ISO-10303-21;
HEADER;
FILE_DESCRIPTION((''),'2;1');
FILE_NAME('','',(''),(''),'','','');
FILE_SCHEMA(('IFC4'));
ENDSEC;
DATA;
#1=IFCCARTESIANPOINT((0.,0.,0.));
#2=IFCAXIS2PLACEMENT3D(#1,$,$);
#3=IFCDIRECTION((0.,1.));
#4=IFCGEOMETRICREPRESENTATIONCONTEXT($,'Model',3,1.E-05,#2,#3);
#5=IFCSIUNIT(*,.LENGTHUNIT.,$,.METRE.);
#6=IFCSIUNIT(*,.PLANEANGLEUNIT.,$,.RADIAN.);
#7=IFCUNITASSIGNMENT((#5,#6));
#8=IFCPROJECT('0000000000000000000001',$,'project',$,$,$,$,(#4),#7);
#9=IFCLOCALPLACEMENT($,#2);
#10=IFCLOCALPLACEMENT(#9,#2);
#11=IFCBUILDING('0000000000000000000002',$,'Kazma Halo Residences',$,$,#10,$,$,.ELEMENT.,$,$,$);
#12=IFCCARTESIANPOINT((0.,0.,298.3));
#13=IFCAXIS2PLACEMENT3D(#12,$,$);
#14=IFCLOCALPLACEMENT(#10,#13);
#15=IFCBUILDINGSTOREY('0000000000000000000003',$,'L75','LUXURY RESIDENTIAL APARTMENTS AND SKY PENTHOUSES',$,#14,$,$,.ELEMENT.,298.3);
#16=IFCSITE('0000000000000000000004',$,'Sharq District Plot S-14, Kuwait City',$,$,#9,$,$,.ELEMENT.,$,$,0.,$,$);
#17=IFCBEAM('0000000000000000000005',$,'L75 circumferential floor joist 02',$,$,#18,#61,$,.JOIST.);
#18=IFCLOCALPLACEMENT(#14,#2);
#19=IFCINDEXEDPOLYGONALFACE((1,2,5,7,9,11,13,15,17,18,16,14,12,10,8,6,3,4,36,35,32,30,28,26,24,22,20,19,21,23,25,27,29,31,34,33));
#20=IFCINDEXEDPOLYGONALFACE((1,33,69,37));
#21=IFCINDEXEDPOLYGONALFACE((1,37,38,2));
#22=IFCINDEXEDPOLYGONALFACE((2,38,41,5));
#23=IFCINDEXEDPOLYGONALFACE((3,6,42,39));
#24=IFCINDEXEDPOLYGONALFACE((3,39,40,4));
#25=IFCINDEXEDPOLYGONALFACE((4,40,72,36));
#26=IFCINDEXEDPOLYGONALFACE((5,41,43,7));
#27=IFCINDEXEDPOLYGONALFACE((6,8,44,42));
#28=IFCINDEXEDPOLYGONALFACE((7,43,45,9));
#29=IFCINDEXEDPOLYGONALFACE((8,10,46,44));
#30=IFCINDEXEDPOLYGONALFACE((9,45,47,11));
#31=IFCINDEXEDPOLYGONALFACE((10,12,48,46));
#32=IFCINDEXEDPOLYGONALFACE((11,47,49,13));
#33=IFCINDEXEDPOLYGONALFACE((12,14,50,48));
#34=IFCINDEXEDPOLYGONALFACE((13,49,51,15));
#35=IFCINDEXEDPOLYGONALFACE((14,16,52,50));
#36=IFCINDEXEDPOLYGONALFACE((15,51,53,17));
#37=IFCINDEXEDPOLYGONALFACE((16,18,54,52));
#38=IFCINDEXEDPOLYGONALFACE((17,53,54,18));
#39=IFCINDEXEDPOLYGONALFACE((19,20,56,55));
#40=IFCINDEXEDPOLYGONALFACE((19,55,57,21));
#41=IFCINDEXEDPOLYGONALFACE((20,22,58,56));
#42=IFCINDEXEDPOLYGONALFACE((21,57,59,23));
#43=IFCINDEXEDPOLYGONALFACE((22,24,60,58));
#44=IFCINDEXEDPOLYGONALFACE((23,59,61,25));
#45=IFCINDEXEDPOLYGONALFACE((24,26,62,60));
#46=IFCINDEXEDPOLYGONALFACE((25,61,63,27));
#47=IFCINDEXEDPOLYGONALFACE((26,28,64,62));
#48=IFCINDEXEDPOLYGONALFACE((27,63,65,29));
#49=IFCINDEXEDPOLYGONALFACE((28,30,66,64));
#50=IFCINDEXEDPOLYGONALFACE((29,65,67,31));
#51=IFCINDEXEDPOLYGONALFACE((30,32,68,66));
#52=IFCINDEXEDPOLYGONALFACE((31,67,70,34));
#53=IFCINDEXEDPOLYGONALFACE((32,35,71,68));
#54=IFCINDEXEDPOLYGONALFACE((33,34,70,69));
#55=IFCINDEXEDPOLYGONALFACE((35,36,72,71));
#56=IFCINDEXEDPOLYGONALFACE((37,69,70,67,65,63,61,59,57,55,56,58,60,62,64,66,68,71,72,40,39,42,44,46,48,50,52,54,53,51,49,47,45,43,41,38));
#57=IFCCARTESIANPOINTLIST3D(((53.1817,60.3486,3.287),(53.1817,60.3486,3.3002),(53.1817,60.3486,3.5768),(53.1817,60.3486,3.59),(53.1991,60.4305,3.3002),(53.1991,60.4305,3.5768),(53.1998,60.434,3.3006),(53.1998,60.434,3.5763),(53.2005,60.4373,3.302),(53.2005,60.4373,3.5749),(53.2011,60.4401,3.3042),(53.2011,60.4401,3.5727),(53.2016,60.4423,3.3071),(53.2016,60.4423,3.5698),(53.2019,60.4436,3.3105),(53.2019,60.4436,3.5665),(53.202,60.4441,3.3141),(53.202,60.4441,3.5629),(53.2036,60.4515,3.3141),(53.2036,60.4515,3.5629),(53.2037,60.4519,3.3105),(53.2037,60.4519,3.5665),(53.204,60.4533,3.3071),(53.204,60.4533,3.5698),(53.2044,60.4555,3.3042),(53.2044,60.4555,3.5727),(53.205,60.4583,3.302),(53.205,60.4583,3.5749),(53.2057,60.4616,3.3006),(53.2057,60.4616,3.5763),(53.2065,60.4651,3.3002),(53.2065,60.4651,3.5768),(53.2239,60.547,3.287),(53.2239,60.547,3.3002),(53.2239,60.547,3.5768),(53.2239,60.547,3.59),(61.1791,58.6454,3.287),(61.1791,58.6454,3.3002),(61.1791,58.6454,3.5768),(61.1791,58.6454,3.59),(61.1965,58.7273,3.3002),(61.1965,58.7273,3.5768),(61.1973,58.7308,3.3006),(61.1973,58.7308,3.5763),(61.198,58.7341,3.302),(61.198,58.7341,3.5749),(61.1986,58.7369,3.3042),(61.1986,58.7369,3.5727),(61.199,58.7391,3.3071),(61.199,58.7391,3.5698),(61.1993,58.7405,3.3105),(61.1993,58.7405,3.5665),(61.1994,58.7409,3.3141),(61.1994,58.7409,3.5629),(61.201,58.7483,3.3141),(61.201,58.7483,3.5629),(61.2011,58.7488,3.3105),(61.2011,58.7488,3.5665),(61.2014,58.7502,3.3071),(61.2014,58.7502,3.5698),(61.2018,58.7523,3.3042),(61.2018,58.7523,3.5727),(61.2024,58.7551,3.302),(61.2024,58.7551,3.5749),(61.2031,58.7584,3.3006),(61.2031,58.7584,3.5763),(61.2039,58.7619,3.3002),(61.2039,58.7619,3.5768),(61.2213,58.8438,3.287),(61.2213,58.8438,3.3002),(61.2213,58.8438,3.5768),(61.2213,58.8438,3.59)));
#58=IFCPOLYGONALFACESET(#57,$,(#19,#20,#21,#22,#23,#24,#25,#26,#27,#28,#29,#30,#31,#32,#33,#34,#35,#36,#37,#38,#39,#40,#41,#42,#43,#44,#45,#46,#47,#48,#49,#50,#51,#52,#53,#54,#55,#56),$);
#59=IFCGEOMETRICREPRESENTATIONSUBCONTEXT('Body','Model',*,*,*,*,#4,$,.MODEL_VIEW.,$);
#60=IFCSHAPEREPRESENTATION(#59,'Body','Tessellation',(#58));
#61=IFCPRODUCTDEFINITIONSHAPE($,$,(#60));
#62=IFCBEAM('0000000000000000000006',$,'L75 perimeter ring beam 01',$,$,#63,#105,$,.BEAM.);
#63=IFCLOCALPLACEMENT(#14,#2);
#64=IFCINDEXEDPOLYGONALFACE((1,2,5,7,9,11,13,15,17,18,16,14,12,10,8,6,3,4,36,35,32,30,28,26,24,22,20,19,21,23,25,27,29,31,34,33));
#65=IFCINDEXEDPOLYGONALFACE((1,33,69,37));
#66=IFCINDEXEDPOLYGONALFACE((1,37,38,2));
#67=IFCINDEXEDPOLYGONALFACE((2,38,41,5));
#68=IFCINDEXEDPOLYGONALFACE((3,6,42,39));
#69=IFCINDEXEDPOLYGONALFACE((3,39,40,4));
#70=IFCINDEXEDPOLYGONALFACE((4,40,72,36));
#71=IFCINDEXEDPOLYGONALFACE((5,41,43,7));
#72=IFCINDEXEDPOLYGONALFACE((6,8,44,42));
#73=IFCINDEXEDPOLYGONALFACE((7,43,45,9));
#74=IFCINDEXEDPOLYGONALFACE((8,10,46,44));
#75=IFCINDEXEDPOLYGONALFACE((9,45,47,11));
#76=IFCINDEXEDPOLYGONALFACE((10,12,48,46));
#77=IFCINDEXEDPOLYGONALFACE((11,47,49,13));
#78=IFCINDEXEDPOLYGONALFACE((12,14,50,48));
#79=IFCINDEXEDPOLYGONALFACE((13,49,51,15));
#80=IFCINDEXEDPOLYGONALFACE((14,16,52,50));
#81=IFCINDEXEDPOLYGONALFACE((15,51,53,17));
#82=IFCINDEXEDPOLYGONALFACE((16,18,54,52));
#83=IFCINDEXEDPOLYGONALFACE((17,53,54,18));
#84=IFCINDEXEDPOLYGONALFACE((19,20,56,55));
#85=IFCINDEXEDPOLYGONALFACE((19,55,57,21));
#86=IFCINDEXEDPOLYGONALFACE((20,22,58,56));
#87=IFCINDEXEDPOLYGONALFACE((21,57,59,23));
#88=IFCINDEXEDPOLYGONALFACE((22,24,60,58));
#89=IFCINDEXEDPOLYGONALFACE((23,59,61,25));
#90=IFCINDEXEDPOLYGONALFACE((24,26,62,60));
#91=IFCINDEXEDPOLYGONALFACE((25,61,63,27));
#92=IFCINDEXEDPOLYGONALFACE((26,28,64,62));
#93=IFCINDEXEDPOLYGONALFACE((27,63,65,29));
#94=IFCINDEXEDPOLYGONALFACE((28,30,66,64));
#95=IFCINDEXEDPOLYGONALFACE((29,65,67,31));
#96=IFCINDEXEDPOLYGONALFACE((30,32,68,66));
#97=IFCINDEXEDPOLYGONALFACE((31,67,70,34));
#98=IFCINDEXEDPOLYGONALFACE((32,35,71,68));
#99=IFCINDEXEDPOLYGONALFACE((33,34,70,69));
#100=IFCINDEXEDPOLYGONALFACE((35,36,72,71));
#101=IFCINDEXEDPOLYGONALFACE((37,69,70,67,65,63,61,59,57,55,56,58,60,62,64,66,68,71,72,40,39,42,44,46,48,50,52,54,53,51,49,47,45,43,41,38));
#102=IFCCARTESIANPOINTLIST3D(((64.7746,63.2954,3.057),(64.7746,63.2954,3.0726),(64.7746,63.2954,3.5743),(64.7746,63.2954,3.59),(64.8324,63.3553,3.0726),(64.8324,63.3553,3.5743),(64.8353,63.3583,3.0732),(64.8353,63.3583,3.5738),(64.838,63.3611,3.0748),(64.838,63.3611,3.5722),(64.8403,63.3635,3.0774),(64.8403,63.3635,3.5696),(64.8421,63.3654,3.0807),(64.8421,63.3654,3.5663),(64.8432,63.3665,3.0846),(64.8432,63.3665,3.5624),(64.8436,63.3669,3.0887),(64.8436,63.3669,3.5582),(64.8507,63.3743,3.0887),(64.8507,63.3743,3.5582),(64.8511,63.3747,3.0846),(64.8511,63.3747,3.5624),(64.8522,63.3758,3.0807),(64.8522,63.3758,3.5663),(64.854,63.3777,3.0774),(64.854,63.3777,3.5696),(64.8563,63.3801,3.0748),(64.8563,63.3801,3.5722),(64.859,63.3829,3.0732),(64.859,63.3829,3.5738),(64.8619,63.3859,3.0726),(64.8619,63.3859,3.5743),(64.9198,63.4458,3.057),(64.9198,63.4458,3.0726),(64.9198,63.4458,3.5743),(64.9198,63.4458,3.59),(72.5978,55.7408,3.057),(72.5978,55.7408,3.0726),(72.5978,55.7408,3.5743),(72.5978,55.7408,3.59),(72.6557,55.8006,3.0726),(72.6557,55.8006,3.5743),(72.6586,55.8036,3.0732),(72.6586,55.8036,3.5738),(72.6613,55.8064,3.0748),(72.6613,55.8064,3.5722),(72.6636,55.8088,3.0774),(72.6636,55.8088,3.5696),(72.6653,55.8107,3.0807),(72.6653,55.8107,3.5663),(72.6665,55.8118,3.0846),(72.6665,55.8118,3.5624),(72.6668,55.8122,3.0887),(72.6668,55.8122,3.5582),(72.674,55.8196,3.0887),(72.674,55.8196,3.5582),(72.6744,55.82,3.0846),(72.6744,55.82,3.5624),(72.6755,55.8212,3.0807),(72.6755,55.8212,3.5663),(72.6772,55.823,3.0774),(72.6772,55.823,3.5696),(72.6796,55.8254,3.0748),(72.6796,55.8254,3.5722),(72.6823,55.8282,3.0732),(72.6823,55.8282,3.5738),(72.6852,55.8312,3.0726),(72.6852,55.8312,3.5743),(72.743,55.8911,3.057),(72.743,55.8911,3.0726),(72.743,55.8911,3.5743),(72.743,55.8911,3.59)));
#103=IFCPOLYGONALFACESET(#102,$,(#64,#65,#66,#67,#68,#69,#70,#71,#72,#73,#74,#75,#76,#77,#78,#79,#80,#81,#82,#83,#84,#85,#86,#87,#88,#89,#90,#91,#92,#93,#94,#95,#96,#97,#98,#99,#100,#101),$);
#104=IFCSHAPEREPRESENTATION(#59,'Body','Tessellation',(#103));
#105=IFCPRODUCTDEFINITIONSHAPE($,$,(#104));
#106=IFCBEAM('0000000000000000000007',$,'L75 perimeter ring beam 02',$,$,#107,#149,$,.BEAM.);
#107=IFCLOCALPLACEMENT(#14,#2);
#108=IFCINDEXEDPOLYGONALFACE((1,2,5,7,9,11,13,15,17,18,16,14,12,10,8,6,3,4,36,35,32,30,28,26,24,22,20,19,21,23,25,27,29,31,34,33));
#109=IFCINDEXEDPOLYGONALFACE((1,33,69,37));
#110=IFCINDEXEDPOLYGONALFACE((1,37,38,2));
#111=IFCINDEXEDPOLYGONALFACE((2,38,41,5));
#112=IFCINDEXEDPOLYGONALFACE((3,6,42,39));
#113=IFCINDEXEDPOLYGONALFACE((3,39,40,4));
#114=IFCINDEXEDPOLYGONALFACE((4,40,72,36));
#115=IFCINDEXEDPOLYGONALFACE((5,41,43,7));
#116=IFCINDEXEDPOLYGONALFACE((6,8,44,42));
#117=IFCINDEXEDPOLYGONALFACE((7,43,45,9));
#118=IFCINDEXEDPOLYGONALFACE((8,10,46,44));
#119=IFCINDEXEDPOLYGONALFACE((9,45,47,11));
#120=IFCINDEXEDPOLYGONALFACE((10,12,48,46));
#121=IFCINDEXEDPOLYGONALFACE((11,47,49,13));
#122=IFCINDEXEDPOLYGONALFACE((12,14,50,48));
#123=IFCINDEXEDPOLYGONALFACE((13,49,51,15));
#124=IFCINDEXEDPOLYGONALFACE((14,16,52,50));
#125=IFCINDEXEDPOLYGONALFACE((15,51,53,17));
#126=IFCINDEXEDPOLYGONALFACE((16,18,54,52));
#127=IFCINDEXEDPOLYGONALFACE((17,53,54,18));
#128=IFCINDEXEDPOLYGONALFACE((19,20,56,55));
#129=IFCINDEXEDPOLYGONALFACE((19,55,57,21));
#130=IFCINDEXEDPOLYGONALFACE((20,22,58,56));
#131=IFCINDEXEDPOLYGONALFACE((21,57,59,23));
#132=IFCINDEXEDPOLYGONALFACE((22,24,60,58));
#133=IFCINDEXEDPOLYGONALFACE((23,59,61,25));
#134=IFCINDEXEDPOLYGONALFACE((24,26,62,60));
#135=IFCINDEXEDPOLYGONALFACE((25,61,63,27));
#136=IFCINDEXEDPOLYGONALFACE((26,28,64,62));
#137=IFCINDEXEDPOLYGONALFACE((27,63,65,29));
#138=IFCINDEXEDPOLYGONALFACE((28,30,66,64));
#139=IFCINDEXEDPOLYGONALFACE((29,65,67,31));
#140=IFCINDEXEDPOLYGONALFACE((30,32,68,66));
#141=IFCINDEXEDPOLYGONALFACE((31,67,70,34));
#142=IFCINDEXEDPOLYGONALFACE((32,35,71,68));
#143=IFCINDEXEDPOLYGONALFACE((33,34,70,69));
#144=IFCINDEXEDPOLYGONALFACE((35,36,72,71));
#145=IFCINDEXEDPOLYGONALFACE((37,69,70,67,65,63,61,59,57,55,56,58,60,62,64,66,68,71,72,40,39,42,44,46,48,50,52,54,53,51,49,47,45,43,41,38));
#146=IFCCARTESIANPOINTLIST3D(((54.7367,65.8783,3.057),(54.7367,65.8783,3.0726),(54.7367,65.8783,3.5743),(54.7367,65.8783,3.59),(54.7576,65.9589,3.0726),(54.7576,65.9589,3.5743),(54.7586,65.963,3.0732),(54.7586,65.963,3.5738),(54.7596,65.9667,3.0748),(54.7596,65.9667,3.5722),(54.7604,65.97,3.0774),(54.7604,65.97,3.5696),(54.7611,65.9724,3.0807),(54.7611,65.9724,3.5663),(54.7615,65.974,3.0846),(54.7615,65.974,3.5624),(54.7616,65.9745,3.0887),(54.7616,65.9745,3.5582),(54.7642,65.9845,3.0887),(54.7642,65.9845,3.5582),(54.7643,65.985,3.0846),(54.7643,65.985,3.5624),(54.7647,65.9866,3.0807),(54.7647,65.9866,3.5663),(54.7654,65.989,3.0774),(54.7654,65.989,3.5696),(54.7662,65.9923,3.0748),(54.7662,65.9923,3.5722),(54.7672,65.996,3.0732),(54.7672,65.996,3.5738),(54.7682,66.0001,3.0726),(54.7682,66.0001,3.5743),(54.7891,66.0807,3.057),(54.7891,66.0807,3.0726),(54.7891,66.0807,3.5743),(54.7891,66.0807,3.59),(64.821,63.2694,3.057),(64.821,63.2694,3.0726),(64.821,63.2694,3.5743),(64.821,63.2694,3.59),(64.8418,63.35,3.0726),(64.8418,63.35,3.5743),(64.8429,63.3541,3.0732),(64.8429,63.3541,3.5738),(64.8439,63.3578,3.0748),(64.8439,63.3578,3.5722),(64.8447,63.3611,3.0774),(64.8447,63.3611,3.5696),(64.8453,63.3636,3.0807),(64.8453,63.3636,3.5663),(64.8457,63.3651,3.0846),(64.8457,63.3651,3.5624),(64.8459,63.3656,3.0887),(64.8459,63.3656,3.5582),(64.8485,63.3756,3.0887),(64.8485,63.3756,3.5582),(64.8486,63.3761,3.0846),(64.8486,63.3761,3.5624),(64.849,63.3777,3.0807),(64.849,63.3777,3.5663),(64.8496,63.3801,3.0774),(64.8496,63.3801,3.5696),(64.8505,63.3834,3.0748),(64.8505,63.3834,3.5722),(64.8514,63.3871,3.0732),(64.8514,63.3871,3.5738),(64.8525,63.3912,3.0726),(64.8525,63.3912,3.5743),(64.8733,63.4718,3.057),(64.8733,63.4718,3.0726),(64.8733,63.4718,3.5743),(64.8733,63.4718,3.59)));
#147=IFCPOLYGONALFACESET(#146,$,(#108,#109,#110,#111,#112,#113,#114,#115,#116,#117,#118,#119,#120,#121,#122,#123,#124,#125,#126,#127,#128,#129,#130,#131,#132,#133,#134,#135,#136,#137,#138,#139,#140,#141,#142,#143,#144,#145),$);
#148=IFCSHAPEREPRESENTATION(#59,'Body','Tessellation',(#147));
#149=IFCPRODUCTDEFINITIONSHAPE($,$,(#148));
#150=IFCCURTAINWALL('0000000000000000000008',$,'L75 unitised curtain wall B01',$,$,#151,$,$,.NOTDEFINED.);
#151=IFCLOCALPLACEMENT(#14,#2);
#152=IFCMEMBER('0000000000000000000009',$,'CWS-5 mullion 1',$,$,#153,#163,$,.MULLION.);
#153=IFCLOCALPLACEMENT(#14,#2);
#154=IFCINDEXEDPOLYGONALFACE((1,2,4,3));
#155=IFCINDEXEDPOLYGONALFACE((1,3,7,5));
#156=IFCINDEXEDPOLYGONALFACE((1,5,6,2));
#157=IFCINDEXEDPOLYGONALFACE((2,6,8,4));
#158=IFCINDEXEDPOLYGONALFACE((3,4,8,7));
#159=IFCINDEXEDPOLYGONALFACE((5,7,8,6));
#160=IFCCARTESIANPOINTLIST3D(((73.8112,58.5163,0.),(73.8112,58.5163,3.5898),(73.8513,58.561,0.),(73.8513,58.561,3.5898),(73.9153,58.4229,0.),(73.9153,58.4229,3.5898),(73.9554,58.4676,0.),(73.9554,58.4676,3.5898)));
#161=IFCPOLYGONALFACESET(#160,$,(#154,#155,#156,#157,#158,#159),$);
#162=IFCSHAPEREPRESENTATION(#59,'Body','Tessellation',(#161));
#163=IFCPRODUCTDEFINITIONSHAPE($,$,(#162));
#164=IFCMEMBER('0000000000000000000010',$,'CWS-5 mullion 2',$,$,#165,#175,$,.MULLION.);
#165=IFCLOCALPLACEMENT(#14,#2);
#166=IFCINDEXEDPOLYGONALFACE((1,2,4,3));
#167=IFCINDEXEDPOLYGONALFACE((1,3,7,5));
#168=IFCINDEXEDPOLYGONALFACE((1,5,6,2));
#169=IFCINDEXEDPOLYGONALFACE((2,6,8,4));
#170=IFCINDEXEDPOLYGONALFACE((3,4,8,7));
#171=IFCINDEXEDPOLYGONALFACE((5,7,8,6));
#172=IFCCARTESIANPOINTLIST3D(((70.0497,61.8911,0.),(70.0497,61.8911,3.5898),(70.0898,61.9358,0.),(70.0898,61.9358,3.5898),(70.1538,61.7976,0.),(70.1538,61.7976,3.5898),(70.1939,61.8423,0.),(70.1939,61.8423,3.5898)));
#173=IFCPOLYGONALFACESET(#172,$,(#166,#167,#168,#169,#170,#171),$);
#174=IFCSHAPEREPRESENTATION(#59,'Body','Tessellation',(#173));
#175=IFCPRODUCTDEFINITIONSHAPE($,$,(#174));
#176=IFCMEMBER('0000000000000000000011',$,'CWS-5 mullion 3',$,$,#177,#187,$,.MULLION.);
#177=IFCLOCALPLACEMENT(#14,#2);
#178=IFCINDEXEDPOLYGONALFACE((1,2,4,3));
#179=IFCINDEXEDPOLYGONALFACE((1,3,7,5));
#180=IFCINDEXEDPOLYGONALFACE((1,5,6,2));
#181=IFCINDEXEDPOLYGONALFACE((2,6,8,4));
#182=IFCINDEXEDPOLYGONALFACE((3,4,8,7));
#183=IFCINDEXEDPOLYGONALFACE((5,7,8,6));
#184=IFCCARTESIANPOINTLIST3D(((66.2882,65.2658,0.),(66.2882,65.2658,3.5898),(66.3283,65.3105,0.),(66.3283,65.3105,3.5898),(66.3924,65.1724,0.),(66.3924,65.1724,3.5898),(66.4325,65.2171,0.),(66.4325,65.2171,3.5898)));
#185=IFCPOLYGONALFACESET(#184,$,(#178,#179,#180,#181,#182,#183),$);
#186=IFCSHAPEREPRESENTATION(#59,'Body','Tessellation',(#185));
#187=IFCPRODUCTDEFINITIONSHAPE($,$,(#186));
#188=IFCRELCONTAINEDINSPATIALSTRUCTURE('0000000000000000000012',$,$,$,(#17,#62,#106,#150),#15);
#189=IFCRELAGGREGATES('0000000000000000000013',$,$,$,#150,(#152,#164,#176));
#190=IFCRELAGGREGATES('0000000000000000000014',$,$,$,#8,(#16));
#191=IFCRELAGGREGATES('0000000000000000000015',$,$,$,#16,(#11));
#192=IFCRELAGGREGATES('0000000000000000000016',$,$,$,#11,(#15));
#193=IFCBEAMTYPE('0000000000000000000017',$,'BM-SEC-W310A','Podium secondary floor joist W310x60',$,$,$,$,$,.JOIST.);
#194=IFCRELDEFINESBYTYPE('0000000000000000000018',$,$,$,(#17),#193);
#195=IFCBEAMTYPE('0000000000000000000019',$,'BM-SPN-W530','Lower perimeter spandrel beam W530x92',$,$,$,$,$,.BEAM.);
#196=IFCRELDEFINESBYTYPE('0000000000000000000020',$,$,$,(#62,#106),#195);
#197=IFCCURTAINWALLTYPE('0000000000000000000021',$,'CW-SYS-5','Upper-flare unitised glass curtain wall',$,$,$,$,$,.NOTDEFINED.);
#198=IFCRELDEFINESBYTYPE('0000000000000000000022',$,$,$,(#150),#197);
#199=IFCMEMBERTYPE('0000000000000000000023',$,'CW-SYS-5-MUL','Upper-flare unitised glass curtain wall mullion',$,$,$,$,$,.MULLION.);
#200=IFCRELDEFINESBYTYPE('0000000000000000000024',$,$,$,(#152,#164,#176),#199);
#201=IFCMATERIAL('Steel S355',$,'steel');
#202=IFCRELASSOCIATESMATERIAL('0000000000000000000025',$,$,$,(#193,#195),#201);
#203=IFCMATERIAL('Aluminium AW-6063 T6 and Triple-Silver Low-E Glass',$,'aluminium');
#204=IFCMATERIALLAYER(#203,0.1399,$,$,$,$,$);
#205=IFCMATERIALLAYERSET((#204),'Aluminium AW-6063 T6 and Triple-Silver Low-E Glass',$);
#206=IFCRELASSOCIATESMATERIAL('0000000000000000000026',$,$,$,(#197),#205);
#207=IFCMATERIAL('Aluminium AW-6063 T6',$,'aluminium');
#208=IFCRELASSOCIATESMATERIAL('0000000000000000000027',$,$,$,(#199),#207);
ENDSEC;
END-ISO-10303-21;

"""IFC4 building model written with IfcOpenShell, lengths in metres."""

from ifc_helpers import new_model, si_unit, direction, frame, origin, origin_2d, place, context, subcontext, project, spatial, rectangle, i_section, extrude, material, layer, layer_set, material_profile, profile_set, type_object, element, aggregate, save


model = new_model("IFC4")

# Units and contexts
model_context = context("Model", 3, precision=1e-05, world=origin(), true_north=direction((0.0, 1.0)))
body_context = subcontext(model_context, "Body", "Model", "MODEL_VIEW")
ifc_project = project(units=[si_unit("LENGTHUNIT", "METRE"), si_unit("PLANEANGLEUNIT", "RADIAN")], contexts=[model_context])

# Site, building, storey
site_placement = place(None, origin())
site = spatial("IfcSite", under=ifc_project, at=site_placement, Name="Sharq District Plot S-14, Kuwait City", CompositionType="ELEMENT", RefElevation=0.0)
building_placement = place(site_placement, origin())
building = spatial("IfcBuilding", under=site, at=building_placement, Name="Kazma Halo Residences", CompositionType="ELEMENT")
storey_placement = place(building_placement, frame((0.0, 0.0, 298.3)))
storey = spatial("IfcBuildingStorey", under=building, at=storey_placement, Name="L75", Description="LUXURY RESIDENTIAL APARTMENTS AND SKY PENTHOUSES", CompositionType="ELEMENT", Elevation=298.3)

# Beams
ifc_material_1 = material(Name="Steel S355", Category="steel")
ifc_material_profile_1 = material_profile(ifc_material_1, i_section(OverallWidth=0.2029, OverallDepth=0.303, WebThickness=0.0076, FlangeThickness=0.0132, FilletRadius=0.0139, at=origin_2d()), Name="W310x60")
ifc_profile_set_1 = profile_set([ifc_material_profile_1], Name="Steel S355")
beam_type_1 = type_object("IfcBeamType", Name="BM-SEC-W310A", Description="Podium secondary floor joist W310x60", PredefinedType="JOIST", material=ifc_profile_set_1)
beam_1_placement = place(storey_placement, frame((61.2002, 58.7446, 3.4385), z_axis=(-0.978067, 0.208291, 0.0), x_axis=(-0.208291, -0.978067, 0.0)))
element("IfcBeam", 1, at=beam_1_placement, inside=storey, type_object=beam_type_1, Name="L75 circumferential floor joist 02", PredefinedType="JOIST", context=body_context, shape_type="SweptSolid", body=[
    extrude(i_section(OverallWidth=0.2029, OverallDepth=0.303, WebThickness=0.0076, FlangeThickness=0.0132, FilletRadius=0.0139, at=origin_2d()), origin(), (0.0, 0.0, 1.0), 8.1768),
])
ifc_material_profile_2 = material_profile(ifc_material_1, i_section(OverallWidth=0.209, OverallDepth=0.533, WebThickness=0.0103, FlangeThickness=0.0156, FilletRadius=0.0161, at=origin_2d()), Name="W530x92")
ifc_profile_set_2 = profile_set([ifc_material_profile_2], Name="Steel S355")
beam_type_2 = type_object("IfcBeamType", Name="BM-SPN-W530", Description="Lower perimeter spandrel beam W530x92", PredefinedType="BEAM", material=ifc_profile_set_2)
beam_2_placement = place(storey_placement, frame((72.6704, 55.8159, 3.3235), z_axis=(-0.719346, 0.694652, 0.0), x_axis=(-0.694652, -0.719346, 0.0)))
element("IfcBeam", 2, at=beam_2_placement, inside=storey, type_object=beam_type_2, Name="L75 perimeter ring beam 01", PredefinedType="BEAM", context=body_context, shape_type="SweptSolid", body=[
    extrude(i_section(OverallWidth=0.209, OverallDepth=0.533, WebThickness=0.0103, FlangeThickness=0.0156, FilletRadius=0.0161, at=origin_2d()), origin(), (0.0, 0.0, 1.0), 10.8755),
])
beam_3_placement = place(storey_placement, frame((64.8472, 63.3706, 3.3235), z_axis=(-0.968126, 0.250464, 0.0), x_axis=(-0.250464, -0.968126, 0.0)))
element("IfcBeam", 3, at=beam_3_placement, inside=storey, type_object=beam_type_2, Name="L75 perimeter ring beam 02", PredefinedType="BEAM", context=body_context, shape_type="SweptSolid", body=[
    extrude(i_section(OverallWidth=0.209, OverallDepth=0.533, WebThickness=0.0103, FlangeThickness=0.0156, FilletRadius=0.0161, at=origin_2d()), origin(), (0.0, 0.0, 1.0), 10.4163),
])

# Curtain wall, members
ifc_material_2 = material(Name="Aluminium AW-6063 T6 and Triple-Silver Low-E Glass", Category="aluminium")
ifc_layer_1 = layer(ifc_material_2, 0.1399)
ifc_layer_set_1 = layer_set([ifc_layer_1], Name="Aluminium AW-6063 T6 and Triple-Silver Low-E Glass")
curtain_wall_type = type_object("IfcCurtainWallType", Name="CW-SYS-5", Description="Upper-flare unitised glass curtain wall", PredefinedType="NOTDEFINED", material=ifc_layer_set_1)
curtain_wall_1_placement = place(storey_placement, origin())
curtain_wall_1 = element("IfcCurtainWall", 4, at=curtain_wall_1_placement, inside=storey, type_object=curtain_wall_type, Name="L75 unitised curtain wall B01", PredefinedType="NOTDEFINED")
ifc_material_3 = material(Name="Aluminium AW-6063 T6", Category="aluminium")
ifc_material_profile_3 = material_profile(ifc_material_3, rectangle(XDim=0.0601, YDim=0.1399, at=origin_2d()), Name="CWM-60x140")
ifc_profile_set_3 = profile_set([ifc_material_profile_3], Name="Aluminium AW-6063 T6")
member_type_1 = type_object("IfcMemberType", Name="CW-SYS-5-MUL", Description="Upper-flare unitised glass curtain wall mullion", PredefinedType="MULLION", material=ifc_profile_set_3)
member_1_placement = place(storey_placement, frame((73.8833, 58.4919, 0.0), z_axis=(0.0, 0.0, 1.0), x_axis=(-0.667805, -0.744336, 0.0)))
member_1 = element("IfcMember", 5, at=member_1_placement, type_object=member_type_1, Name="CWS-5 mullion 1", PredefinedType="MULLION", context=body_context, shape_type="SweptSolid", body=[
    extrude(rectangle(XDim=0.0601, YDim=0.1399, at=origin_2d()), origin(), (0.0, 0.0, 1.0), 3.5898),
])
member_2_placement = place(storey_placement, frame((70.1218, 61.8667, 0.0), z_axis=(0.0, 0.0, 1.0), x_axis=(-0.667805, -0.744336, 0.0)))
member_2 = element("IfcMember", 6, at=member_2_placement, type_object=member_type_1, Name="CWS-5 mullion 2", PredefinedType="MULLION", context=body_context, shape_type="SweptSolid", body=[
    extrude(rectangle(XDim=0.0601, YDim=0.1399, at=origin_2d()), origin(), (0.0, 0.0, 1.0), 3.5898),
])
member_3_placement = place(storey_placement, frame((66.3604, 65.2415, 0.0), z_axis=(0.0, 0.0, 1.0), x_axis=(-0.667805, -0.744336, 0.0)))
member_3 = element("IfcMember", 7, at=member_3_placement, type_object=member_type_1, Name="CWS-5 mullion 3", PredefinedType="MULLION", context=body_context, shape_type="SweptSolid", body=[
    extrude(rectangle(XDim=0.0601, YDim=0.1399, at=origin_2d()), origin(), (0.0, 0.0, 1.0), 3.5898),
])

aggregate(curtain_wall_1, [member_1, member_2, member_3])

save(model, "model.ifc")
